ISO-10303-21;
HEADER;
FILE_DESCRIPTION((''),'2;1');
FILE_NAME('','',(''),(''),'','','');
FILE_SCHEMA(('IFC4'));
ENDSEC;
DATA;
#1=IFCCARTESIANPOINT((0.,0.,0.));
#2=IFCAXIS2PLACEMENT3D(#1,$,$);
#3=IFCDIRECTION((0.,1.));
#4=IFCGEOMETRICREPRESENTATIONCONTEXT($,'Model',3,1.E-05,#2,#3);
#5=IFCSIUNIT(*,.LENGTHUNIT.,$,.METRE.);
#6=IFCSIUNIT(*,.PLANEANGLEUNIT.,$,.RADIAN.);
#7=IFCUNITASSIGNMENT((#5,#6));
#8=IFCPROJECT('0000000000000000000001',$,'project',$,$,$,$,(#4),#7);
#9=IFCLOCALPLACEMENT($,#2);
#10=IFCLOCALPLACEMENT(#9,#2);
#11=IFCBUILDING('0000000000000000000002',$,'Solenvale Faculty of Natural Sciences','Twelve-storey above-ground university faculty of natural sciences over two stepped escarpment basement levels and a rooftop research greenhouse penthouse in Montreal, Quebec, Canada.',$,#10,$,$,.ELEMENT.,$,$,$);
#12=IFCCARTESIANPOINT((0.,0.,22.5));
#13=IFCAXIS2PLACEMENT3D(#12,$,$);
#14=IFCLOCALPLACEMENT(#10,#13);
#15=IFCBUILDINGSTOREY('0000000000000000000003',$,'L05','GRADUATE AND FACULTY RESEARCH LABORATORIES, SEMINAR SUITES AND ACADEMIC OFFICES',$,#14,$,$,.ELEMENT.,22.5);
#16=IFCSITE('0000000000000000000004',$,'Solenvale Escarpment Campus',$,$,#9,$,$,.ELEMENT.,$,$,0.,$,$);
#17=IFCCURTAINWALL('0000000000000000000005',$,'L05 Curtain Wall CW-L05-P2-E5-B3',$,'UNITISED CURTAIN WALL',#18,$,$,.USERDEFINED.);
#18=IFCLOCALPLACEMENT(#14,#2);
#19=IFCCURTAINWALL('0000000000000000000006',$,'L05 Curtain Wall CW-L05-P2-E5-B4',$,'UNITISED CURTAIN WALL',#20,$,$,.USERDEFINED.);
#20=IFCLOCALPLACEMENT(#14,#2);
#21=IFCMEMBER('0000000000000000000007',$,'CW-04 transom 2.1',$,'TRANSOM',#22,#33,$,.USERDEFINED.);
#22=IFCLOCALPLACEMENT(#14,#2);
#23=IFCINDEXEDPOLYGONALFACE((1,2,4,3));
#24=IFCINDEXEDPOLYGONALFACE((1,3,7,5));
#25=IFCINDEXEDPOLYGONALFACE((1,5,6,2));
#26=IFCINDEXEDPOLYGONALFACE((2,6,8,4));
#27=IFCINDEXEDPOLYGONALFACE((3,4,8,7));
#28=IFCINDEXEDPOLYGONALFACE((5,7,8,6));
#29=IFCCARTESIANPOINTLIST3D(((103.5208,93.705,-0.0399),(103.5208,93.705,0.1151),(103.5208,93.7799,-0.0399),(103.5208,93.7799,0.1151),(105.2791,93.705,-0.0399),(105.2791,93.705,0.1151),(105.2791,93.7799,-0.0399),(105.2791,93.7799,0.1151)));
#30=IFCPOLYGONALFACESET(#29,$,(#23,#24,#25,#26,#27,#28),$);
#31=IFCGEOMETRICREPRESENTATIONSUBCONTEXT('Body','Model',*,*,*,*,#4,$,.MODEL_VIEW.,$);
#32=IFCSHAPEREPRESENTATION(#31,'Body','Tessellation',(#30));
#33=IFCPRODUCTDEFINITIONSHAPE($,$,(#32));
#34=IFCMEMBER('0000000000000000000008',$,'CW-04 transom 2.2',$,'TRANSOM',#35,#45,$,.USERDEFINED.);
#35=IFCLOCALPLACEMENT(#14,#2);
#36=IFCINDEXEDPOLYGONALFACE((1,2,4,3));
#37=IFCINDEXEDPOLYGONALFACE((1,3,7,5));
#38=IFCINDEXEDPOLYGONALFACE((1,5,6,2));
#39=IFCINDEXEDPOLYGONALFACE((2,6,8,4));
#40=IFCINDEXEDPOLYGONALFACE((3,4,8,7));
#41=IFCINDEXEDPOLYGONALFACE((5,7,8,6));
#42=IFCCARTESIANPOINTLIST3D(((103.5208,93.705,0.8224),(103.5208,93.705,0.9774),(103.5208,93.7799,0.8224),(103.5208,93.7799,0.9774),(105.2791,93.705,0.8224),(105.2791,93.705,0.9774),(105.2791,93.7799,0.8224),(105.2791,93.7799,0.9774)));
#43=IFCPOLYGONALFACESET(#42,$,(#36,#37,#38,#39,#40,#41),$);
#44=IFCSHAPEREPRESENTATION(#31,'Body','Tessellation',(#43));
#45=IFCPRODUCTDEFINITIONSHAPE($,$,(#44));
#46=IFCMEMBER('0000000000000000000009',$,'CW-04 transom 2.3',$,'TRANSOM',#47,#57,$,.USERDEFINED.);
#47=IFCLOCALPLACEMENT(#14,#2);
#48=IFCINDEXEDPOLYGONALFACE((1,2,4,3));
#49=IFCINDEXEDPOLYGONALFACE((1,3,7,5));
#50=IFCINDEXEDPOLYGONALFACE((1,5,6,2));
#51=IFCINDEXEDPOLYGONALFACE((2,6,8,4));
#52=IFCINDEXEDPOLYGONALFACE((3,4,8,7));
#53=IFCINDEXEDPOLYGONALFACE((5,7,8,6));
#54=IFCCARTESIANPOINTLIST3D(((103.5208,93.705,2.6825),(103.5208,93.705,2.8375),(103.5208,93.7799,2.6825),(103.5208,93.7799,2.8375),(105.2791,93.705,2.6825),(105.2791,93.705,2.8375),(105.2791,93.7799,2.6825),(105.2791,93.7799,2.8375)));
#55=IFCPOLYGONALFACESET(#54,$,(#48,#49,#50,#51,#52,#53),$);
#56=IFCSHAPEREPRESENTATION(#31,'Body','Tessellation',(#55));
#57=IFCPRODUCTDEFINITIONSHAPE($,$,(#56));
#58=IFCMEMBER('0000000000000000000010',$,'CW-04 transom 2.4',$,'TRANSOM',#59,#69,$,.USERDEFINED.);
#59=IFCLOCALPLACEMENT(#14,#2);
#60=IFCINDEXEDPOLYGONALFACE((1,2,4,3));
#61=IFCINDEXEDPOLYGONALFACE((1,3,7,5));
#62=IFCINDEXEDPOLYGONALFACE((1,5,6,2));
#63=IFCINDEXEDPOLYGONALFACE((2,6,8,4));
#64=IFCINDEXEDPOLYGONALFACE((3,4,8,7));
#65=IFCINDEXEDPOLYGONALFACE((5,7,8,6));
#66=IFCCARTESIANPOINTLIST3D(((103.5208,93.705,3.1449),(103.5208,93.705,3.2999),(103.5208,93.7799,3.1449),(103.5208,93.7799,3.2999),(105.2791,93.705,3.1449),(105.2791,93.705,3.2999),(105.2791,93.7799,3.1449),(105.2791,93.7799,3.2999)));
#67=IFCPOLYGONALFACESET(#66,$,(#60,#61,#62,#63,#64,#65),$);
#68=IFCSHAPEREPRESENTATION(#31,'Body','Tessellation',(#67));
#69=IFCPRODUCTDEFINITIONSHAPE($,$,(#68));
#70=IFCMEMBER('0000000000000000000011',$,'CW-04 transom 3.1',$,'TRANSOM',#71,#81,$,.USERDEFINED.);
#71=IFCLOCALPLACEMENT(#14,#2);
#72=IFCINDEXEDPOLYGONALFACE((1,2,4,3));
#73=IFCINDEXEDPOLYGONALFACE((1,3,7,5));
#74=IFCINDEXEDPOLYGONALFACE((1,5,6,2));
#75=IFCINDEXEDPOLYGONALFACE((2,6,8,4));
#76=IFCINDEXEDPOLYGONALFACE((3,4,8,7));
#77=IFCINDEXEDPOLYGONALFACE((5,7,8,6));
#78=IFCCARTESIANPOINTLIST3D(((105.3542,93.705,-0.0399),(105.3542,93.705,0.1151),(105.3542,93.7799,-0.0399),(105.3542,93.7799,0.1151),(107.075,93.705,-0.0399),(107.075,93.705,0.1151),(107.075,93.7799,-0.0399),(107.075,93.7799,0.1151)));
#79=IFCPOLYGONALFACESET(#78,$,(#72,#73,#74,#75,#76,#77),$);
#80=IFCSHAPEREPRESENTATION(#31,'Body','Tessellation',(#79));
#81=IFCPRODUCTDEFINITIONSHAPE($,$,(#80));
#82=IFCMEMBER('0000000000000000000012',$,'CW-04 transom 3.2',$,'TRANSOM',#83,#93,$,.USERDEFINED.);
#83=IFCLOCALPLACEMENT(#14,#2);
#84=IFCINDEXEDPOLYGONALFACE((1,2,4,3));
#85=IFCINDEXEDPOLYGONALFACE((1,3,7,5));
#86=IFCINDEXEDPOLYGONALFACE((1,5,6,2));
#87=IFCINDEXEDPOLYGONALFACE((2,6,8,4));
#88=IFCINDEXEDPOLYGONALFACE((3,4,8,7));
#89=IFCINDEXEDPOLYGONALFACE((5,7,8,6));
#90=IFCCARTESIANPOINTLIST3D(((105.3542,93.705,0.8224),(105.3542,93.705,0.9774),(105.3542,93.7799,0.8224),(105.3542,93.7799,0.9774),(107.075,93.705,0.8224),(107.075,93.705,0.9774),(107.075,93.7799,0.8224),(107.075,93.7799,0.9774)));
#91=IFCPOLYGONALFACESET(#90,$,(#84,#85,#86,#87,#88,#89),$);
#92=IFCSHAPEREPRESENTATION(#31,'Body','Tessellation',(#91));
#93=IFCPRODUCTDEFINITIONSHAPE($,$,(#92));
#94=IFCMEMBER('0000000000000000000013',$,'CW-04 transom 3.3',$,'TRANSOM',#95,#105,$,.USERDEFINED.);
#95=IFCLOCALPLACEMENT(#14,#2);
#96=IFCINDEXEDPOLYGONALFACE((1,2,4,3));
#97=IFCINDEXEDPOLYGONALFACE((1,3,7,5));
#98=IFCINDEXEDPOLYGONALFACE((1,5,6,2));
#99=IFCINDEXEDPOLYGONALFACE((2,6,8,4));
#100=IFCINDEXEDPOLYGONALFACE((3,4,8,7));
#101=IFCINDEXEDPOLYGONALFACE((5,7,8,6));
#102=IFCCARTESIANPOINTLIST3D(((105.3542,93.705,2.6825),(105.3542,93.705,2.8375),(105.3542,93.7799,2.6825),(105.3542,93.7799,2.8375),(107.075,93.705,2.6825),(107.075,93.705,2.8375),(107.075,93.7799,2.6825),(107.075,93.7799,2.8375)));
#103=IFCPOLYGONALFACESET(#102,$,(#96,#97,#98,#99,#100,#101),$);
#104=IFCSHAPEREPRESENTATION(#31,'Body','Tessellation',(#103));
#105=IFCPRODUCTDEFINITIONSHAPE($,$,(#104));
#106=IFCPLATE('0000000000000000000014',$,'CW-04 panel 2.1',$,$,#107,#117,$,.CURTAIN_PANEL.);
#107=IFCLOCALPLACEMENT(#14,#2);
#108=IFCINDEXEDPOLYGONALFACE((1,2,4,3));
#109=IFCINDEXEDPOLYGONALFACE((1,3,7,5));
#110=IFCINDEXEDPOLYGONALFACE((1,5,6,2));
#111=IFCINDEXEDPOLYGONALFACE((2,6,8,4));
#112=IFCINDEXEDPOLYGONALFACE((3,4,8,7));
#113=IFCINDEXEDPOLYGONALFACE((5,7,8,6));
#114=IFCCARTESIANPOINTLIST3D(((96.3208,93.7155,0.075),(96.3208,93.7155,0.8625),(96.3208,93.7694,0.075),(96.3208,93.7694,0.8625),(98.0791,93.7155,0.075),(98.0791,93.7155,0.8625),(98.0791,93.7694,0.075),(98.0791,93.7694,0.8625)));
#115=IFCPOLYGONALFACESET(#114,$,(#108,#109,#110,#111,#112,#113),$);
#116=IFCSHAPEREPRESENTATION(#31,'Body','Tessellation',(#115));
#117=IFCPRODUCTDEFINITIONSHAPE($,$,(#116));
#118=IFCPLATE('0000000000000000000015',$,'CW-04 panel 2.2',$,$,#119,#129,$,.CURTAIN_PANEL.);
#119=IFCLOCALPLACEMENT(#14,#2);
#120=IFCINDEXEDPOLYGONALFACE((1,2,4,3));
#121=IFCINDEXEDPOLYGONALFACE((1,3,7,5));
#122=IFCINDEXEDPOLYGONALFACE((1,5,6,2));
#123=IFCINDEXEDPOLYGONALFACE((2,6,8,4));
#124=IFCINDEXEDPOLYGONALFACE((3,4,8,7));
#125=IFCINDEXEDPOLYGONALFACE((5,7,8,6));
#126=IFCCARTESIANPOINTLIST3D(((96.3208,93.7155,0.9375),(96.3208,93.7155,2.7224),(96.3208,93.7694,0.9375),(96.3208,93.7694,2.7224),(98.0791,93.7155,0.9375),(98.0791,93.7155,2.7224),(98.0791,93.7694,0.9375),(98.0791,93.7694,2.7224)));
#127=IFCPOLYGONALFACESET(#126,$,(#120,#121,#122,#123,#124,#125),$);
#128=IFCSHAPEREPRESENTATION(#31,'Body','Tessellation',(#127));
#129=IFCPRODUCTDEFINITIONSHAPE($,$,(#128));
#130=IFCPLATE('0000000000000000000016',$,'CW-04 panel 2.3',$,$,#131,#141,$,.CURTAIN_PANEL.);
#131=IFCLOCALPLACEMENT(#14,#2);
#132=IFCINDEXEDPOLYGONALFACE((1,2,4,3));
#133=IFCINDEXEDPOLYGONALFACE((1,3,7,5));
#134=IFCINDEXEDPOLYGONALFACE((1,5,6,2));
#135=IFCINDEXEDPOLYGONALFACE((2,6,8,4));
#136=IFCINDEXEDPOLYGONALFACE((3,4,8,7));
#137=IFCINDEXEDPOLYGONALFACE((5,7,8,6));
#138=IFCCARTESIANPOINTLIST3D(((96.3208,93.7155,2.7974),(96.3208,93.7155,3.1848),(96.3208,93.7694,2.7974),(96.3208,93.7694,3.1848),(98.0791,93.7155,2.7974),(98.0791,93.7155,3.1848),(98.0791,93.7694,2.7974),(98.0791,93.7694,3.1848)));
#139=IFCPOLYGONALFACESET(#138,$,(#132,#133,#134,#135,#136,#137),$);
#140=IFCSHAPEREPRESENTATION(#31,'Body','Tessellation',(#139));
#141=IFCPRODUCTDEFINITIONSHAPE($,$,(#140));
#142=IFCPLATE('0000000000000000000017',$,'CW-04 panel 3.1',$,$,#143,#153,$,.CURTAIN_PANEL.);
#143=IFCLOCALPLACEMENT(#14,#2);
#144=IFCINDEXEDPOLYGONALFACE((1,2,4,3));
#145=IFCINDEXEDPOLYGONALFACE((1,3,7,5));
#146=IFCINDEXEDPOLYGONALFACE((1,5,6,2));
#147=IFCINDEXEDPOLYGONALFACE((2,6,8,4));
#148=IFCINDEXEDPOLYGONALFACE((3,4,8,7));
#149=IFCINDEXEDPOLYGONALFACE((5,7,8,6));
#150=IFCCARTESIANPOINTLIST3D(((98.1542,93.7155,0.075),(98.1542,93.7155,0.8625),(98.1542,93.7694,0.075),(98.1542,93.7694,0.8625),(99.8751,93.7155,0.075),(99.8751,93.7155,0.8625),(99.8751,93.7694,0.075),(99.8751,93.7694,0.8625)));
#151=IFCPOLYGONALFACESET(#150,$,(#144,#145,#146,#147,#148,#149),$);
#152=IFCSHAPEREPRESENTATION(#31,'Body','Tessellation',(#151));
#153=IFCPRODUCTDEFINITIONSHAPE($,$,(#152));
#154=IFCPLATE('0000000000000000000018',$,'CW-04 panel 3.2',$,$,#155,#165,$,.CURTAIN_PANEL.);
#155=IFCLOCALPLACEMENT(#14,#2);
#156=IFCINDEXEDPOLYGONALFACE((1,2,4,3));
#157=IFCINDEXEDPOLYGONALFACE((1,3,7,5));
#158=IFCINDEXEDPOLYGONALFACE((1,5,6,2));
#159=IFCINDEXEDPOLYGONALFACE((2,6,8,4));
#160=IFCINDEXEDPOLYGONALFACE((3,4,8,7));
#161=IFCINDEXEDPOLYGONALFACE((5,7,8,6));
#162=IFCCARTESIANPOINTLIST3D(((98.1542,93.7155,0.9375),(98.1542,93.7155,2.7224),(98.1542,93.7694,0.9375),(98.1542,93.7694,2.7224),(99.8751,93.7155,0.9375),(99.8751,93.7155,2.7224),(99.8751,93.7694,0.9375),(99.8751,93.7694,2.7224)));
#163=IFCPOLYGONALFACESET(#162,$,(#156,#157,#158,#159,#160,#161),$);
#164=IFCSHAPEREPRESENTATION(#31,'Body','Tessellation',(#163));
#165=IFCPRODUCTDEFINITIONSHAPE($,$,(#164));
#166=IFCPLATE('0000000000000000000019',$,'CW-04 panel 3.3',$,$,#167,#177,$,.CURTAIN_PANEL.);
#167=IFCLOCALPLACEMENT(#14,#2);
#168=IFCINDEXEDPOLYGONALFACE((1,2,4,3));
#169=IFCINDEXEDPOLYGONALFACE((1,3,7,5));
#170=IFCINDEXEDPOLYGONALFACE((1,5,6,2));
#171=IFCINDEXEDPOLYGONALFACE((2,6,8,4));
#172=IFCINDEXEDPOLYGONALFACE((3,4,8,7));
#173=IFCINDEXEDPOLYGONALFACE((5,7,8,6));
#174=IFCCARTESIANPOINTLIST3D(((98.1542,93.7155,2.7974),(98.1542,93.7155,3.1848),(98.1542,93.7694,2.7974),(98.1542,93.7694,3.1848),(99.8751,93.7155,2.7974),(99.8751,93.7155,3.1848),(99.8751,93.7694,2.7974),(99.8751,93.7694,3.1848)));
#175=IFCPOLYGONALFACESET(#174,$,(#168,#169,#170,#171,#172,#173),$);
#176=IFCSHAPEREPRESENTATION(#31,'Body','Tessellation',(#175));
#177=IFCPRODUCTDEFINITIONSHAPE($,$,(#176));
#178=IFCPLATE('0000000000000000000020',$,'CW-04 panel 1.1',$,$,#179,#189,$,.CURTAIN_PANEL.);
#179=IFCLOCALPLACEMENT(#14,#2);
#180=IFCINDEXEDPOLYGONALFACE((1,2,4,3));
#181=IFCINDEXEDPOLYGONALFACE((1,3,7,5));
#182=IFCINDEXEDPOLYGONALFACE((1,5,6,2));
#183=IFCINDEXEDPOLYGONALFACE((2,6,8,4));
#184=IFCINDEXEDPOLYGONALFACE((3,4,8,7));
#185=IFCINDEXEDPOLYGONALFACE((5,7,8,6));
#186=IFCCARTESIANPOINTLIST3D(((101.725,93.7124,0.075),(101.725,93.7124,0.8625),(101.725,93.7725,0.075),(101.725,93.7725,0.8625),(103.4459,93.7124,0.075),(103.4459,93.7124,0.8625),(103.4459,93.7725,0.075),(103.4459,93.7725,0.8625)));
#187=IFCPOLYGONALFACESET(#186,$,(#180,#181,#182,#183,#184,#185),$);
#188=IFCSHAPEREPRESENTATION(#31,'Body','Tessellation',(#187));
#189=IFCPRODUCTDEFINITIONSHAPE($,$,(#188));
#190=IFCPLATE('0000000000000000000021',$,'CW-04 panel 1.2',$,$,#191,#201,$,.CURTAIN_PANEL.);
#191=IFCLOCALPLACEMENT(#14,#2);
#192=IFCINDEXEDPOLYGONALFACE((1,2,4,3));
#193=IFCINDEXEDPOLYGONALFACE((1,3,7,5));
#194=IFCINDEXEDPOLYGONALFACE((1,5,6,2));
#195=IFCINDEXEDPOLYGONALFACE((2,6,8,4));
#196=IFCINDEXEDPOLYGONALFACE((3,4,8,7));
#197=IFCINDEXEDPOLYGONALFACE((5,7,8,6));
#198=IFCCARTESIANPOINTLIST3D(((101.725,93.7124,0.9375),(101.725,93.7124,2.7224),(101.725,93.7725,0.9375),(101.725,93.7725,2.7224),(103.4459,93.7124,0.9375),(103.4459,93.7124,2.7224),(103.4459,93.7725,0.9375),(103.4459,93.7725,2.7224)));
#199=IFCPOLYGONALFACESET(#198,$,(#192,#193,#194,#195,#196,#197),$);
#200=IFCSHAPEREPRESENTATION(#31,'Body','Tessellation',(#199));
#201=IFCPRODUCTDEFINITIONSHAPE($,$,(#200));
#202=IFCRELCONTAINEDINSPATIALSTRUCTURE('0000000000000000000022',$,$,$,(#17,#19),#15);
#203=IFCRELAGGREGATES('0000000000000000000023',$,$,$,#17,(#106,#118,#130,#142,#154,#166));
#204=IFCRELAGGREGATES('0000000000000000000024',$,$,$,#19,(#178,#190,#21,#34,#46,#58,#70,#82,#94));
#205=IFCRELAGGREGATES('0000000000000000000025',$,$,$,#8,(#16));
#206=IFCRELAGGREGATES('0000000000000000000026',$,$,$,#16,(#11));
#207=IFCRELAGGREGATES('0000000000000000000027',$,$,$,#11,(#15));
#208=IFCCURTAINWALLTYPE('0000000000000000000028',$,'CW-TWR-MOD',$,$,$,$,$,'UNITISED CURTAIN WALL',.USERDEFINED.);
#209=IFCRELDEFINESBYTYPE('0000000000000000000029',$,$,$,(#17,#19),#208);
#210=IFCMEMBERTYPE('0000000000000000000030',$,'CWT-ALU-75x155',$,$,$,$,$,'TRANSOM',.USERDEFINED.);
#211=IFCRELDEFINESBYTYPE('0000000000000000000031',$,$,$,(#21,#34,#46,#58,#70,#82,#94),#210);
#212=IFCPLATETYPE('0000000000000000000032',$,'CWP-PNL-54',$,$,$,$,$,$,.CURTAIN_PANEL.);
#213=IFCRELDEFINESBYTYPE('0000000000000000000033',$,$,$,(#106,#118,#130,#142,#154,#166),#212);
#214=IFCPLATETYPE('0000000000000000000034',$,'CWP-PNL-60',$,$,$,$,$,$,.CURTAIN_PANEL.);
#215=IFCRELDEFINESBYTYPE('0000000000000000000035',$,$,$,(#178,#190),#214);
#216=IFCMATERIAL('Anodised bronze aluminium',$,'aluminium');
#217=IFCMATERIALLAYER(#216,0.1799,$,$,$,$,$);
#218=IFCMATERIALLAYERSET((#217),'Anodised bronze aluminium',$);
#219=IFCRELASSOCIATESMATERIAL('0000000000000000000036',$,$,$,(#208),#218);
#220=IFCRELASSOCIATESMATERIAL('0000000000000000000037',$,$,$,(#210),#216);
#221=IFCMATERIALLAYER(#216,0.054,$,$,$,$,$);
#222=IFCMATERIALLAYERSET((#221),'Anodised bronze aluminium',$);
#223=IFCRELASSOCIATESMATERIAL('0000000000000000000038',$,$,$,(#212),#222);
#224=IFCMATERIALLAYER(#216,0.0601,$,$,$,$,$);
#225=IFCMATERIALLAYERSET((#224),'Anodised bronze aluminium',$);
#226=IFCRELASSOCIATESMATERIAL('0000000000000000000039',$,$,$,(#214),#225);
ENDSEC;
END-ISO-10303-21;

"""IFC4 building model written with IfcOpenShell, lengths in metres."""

from ifc_helpers import new_model, si_unit, direction, frame, origin, origin_2d, place, context, subcontext, project, spatial, rectangle, extrude, material, layer, layer_set, material_profile, profile_set, type_object, element, aggregate, save


model = new_model("IFC4")

# Units and contexts
model_context = context("Model", 3, precision=1e-05, world=origin(), true_north=direction((0.0, 1.0)))
body_context = subcontext(model_context, "Body", "Model", "MODEL_VIEW")
ifc_project = project(units=[si_unit("LENGTHUNIT", "METRE"), si_unit("PLANEANGLEUNIT", "RADIAN")], contexts=[model_context])

# Site, building, storey
site_placement = place(None, origin())
site = spatial("IfcSite", under=ifc_project, at=site_placement, Name="Solenvale Escarpment Campus", CompositionType="ELEMENT", RefElevation=0.0)
building_placement = place(site_placement, origin())
building = spatial("IfcBuilding", under=site, at=building_placement, Name="Solenvale Faculty of Natural Sciences", Description="Twelve-storey above-ground university faculty of natural sciences over two stepped escarpment basement levels and a rooftop research greenhouse penthouse in Montreal, Quebec, Canada.", CompositionType="ELEMENT")
storey_placement = place(building_placement, frame((0.0, 0.0, 22.5)))
storey = spatial("IfcBuildingStorey", under=building, at=storey_placement, Name="L05", Description="GRADUATE AND FACULTY RESEARCH LABORATORIES, SEMINAR SUITES AND ACADEMIC OFFICES", CompositionType="ELEMENT", Elevation=22.5)

# Curtain walls
ifc_material_1 = material(Name="Anodised bronze aluminium", Category="aluminium")
ifc_layer_1 = layer(ifc_material_1, 0.1799)
ifc_layer_set_1 = layer_set([ifc_layer_1], Name="Anodised bronze aluminium")
curtain_wall_type = type_object("IfcCurtainWallType", Name="CW-TWR-MOD", ElementType="UNITISED CURTAIN WALL", PredefinedType="USERDEFINED", material=ifc_layer_set_1)
curtain_wall_1_placement = place(storey_placement, origin())
curtain_wall_1 = element("IfcCurtainWall", 1, at=curtain_wall_1_placement, inside=storey, type_object=curtain_wall_type, Name="L05 Curtain Wall CW-L05-P2-E5-B3", ObjectType="UNITISED CURTAIN WALL", PredefinedType="USERDEFINED")
curtain_wall_2_placement = place(storey_placement, origin())
curtain_wall_2 = element("IfcCurtainWall", 2, at=curtain_wall_2_placement, inside=storey, type_object=curtain_wall_type, Name="L05 Curtain Wall CW-L05-P2-E5-B4", ObjectType="UNITISED CURTAIN WALL", PredefinedType="USERDEFINED")

# Members
ifc_material_profile_1 = material_profile(ifc_material_1, rectangle(XDim=0.075, YDim=0.155, at=origin_2d()), Name="ALU-TRN-75x155")
ifc_profile_set_1 = profile_set([ifc_material_profile_1], Name="Anodised bronze aluminium")
member_type_1 = type_object("IfcMemberType", Name="CWT-ALU-75x155", ElementType="TRANSOM", PredefinedType="USERDEFINED", material=ifc_profile_set_1)
member_1_placement = place(storey_placement, frame((103.5208, 93.7424, 0.0376), z_axis=(1.0, 0.0, 0.0), x_axis=(0.0, 1.0, 0.0)))
member_1 = element("IfcMember", 3, at=member_1_placement, type_object=member_type_1, Name="CW-04 transom 2.1", ObjectType="TRANSOM", PredefinedType="USERDEFINED", context=body_context, shape_type="SweptSolid", body=[
    extrude(rectangle(XDim=0.075, YDim=0.155, at=origin_2d()), origin(), (0.0, 0.0, 1.0), 1.7583),
])
member_2_placement = place(storey_placement, frame((103.5208, 93.7424, 0.8999), z_axis=(1.0, 0.0, 0.0), x_axis=(0.0, 1.0, 0.0)))
member_2 = element("IfcMember", 4, at=member_2_placement, type_object=member_type_1, Name="CW-04 transom 2.2", ObjectType="TRANSOM", PredefinedType="USERDEFINED", context=body_context, shape_type="SweptSolid", body=[
    extrude(rectangle(XDim=0.075, YDim=0.155, at=origin_2d()), origin(), (0.0, 0.0, 1.0), 1.7583),
])
member_3_placement = place(storey_placement, frame((103.5208, 93.7424, 2.76), z_axis=(1.0, 0.0, 0.0), x_axis=(0.0, 1.0, 0.0)))
member_3 = element("IfcMember", 5, at=member_3_placement, type_object=member_type_1, Name="CW-04 transom 2.3", ObjectType="TRANSOM", PredefinedType="USERDEFINED", context=body_context, shape_type="SweptSolid", body=[
    extrude(rectangle(XDim=0.075, YDim=0.155, at=origin_2d()), origin(), (0.0, 0.0, 1.0), 1.7583),
])
member_4_placement = place(storey_placement, frame((103.5208, 93.7424, 3.2224), z_axis=(1.0, 0.0, 0.0), x_axis=(0.0, 1.0, 0.0)))
member_4 = element("IfcMember", 6, at=member_4_placement, type_object=member_type_1, Name="CW-04 transom 2.4", ObjectType="TRANSOM", PredefinedType="USERDEFINED", context=body_context, shape_type="SweptSolid", body=[
    extrude(rectangle(XDim=0.075, YDim=0.155, at=origin_2d()), origin(), (0.0, 0.0, 1.0), 1.7583),
])
member_5_placement = place(storey_placement, frame((105.3542, 93.7424, 0.0376), z_axis=(1.0, 0.0, 0.0), x_axis=(0.0, 1.0, 0.0)))
member_5 = element("IfcMember", 7, at=member_5_placement, type_object=member_type_1, Name="CW-04 transom 3.1", ObjectType="TRANSOM", PredefinedType="USERDEFINED", context=body_context, shape_type="SweptSolid", body=[
    extrude(rectangle(XDim=0.075, YDim=0.155, at=origin_2d()), origin(), (0.0, 0.0, 1.0), 1.7207),
])
member_6_placement = place(storey_placement, frame((105.3542, 93.7424, 0.8999), z_axis=(1.0, 0.0, 0.0), x_axis=(0.0, 1.0, 0.0)))
member_6 = element("IfcMember", 8, at=member_6_placement, type_object=member_type_1, Name="CW-04 transom 3.2", ObjectType="TRANSOM", PredefinedType="USERDEFINED", context=body_context, shape_type="SweptSolid", body=[
    extrude(rectangle(XDim=0.075, YDim=0.155, at=origin_2d()), origin(), (0.0, 0.0, 1.0), 1.7207),
])
member_7_placement = place(storey_placement, frame((105.3542, 93.7424, 2.76), z_axis=(1.0, 0.0, 0.0), x_axis=(0.0, 1.0, 0.0)))
member_7 = element("IfcMember", 9, at=member_7_placement, type_object=member_type_1, Name="CW-04 transom 3.3", ObjectType="TRANSOM", PredefinedType="USERDEFINED", context=body_context, shape_type="SweptSolid", body=[
    extrude(rectangle(XDim=0.075, YDim=0.155, at=origin_2d()), origin(), (0.0, 0.0, 1.0), 1.7207),
])

# Plates
ifc_layer_2 = layer(ifc_material_1, 0.054)
ifc_layer_set_2 = layer_set([ifc_layer_2], Name="Anodised bronze aluminium")
plate_type_1 = type_object("IfcPlateType", Name="CWP-PNL-54", PredefinedType="CURTAIN_PANEL", material=ifc_layer_set_2)
plate_1_placement = place(storey_placement, frame((97.2, 93.7424, 0.075), z_axis=(0.0, 0.0, 1.0), x_axis=(1.0, 0.0, 0.0)))
plate_1 = element("IfcPlate", 10, at=plate_1_placement, type_object=plate_type_1, Name="CW-04 panel 2.1", PredefinedType="CURTAIN_PANEL", context=body_context, shape_type="SweptSolid", body=[
    extrude(rectangle(XDim=1.7583, YDim=0.054, at=origin_2d()), origin(), (0.0, 0.0, 1.0), 0.7876),
])
plate_2_placement = place(storey_placement, frame((97.2, 93.7424, 0.9375), z_axis=(0.0, 0.0, 1.0), x_axis=(1.0, 0.0, 0.0)))
plate_2 = element("IfcPlate", 11, at=plate_2_placement, type_object=plate_type_1, Name="CW-04 panel 2.2", PredefinedType="CURTAIN_PANEL", context=body_context, shape_type="SweptSolid", body=[
    extrude(rectangle(XDim=1.7583, YDim=0.054, at=origin_2d()), origin(), (0.0, 0.0, 1.0), 1.7849),
])
plate_3_placement = place(storey_placement, frame((97.2, 93.7424, 2.7974), z_axis=(0.0, 0.0, 1.0), x_axis=(1.0, 0.0, 0.0)))
plate_3 = element("IfcPlate", 12, at=plate_3_placement, type_object=plate_type_1, Name="CW-04 panel 2.3", PredefinedType="CURTAIN_PANEL", context=body_context, shape_type="SweptSolid", body=[
    extrude(rectangle(XDim=1.7583, YDim=0.054, at=origin_2d()), origin(), (0.0, 0.0, 1.0), 0.3875),
])
plate_4_placement = place(storey_placement, frame((99.0146, 93.7424, 0.075), z_axis=(0.0, 0.0, 1.0), x_axis=(1.0, 0.0, 0.0)))
plate_4 = element("IfcPlate", 13, at=plate_4_placement, type_object=plate_type_1, Name="CW-04 panel 3.1", PredefinedType="CURTAIN_PANEL", context=body_context, shape_type="SweptSolid", body=[
    extrude(rectangle(XDim=1.7209, YDim=0.054, at=origin_2d()), origin(), (0.0, 0.0, 1.0), 0.7876),
])
plate_5_placement = place(storey_placement, frame((99.0146, 93.7424, 0.9375), z_axis=(0.0, 0.0, 1.0), x_axis=(1.0, 0.0, 0.0)))
plate_5 = element("IfcPlate", 14, at=plate_5_placement, type_object=plate_type_1, Name="CW-04 panel 3.2", PredefinedType="CURTAIN_PANEL", context=body_context, shape_type="SweptSolid", body=[
    extrude(rectangle(XDim=1.7209, YDim=0.054, at=origin_2d()), origin(), (0.0, 0.0, 1.0), 1.7849),
])
plate_6_placement = place(storey_placement, frame((99.0146, 93.7424, 2.7974), z_axis=(0.0, 0.0, 1.0), x_axis=(1.0, 0.0, 0.0)))
plate_6 = element("IfcPlate", 15, at=plate_6_placement, type_object=plate_type_1, Name="CW-04 panel 3.3", PredefinedType="CURTAIN_PANEL", context=body_context, shape_type="SweptSolid", body=[
    extrude(rectangle(XDim=1.7209, YDim=0.054, at=origin_2d()), origin(), (0.0, 0.0, 1.0), 0.3875),
])
aggregate(curtain_wall_1, [plate_1, plate_2, plate_3, plate_4, plate_5, plate_6])
ifc_layer_3 = layer(ifc_material_1, 0.0601)
ifc_layer_set_3 = layer_set([ifc_layer_3], Name="Anodised bronze aluminium")
plate_type_2 = type_object("IfcPlateType", Name="CWP-PNL-60", PredefinedType="CURTAIN_PANEL", material=ifc_layer_set_3)
plate_7_placement = place(storey_placement, frame((102.5854, 93.7424, 0.075), z_axis=(0.0, 0.0, 1.0), x_axis=(1.0, 0.0, 0.0)))
plate_7 = element("IfcPlate", 16, at=plate_7_placement, type_object=plate_type_2, Name="CW-04 panel 1.1", PredefinedType="CURTAIN_PANEL", context=body_context, shape_type="SweptSolid", body=[
    extrude(rectangle(XDim=1.7209, YDim=0.0601, at=origin_2d()), origin(), (0.0, 0.0, 1.0), 0.7876),
])
plate_8_placement = place(storey_placement, frame((102.5854, 93.7424, 0.9375), z_axis=(0.0, 0.0, 1.0), x_axis=(1.0, 0.0, 0.0)))
plate_8 = element("IfcPlate", 17, at=plate_8_placement, type_object=plate_type_2, Name="CW-04 panel 1.2", PredefinedType="CURTAIN_PANEL", context=body_context, shape_type="SweptSolid", body=[
    extrude(rectangle(XDim=1.7209, YDim=0.0601, at=origin_2d()), origin(), (0.0, 0.0, 1.0), 1.7849),
])
aggregate(curtain_wall_2, [plate_7, plate_8, member_1, member_2, member_3, member_4, member_5, member_6, member_7])

save(model, "model.ifc")
